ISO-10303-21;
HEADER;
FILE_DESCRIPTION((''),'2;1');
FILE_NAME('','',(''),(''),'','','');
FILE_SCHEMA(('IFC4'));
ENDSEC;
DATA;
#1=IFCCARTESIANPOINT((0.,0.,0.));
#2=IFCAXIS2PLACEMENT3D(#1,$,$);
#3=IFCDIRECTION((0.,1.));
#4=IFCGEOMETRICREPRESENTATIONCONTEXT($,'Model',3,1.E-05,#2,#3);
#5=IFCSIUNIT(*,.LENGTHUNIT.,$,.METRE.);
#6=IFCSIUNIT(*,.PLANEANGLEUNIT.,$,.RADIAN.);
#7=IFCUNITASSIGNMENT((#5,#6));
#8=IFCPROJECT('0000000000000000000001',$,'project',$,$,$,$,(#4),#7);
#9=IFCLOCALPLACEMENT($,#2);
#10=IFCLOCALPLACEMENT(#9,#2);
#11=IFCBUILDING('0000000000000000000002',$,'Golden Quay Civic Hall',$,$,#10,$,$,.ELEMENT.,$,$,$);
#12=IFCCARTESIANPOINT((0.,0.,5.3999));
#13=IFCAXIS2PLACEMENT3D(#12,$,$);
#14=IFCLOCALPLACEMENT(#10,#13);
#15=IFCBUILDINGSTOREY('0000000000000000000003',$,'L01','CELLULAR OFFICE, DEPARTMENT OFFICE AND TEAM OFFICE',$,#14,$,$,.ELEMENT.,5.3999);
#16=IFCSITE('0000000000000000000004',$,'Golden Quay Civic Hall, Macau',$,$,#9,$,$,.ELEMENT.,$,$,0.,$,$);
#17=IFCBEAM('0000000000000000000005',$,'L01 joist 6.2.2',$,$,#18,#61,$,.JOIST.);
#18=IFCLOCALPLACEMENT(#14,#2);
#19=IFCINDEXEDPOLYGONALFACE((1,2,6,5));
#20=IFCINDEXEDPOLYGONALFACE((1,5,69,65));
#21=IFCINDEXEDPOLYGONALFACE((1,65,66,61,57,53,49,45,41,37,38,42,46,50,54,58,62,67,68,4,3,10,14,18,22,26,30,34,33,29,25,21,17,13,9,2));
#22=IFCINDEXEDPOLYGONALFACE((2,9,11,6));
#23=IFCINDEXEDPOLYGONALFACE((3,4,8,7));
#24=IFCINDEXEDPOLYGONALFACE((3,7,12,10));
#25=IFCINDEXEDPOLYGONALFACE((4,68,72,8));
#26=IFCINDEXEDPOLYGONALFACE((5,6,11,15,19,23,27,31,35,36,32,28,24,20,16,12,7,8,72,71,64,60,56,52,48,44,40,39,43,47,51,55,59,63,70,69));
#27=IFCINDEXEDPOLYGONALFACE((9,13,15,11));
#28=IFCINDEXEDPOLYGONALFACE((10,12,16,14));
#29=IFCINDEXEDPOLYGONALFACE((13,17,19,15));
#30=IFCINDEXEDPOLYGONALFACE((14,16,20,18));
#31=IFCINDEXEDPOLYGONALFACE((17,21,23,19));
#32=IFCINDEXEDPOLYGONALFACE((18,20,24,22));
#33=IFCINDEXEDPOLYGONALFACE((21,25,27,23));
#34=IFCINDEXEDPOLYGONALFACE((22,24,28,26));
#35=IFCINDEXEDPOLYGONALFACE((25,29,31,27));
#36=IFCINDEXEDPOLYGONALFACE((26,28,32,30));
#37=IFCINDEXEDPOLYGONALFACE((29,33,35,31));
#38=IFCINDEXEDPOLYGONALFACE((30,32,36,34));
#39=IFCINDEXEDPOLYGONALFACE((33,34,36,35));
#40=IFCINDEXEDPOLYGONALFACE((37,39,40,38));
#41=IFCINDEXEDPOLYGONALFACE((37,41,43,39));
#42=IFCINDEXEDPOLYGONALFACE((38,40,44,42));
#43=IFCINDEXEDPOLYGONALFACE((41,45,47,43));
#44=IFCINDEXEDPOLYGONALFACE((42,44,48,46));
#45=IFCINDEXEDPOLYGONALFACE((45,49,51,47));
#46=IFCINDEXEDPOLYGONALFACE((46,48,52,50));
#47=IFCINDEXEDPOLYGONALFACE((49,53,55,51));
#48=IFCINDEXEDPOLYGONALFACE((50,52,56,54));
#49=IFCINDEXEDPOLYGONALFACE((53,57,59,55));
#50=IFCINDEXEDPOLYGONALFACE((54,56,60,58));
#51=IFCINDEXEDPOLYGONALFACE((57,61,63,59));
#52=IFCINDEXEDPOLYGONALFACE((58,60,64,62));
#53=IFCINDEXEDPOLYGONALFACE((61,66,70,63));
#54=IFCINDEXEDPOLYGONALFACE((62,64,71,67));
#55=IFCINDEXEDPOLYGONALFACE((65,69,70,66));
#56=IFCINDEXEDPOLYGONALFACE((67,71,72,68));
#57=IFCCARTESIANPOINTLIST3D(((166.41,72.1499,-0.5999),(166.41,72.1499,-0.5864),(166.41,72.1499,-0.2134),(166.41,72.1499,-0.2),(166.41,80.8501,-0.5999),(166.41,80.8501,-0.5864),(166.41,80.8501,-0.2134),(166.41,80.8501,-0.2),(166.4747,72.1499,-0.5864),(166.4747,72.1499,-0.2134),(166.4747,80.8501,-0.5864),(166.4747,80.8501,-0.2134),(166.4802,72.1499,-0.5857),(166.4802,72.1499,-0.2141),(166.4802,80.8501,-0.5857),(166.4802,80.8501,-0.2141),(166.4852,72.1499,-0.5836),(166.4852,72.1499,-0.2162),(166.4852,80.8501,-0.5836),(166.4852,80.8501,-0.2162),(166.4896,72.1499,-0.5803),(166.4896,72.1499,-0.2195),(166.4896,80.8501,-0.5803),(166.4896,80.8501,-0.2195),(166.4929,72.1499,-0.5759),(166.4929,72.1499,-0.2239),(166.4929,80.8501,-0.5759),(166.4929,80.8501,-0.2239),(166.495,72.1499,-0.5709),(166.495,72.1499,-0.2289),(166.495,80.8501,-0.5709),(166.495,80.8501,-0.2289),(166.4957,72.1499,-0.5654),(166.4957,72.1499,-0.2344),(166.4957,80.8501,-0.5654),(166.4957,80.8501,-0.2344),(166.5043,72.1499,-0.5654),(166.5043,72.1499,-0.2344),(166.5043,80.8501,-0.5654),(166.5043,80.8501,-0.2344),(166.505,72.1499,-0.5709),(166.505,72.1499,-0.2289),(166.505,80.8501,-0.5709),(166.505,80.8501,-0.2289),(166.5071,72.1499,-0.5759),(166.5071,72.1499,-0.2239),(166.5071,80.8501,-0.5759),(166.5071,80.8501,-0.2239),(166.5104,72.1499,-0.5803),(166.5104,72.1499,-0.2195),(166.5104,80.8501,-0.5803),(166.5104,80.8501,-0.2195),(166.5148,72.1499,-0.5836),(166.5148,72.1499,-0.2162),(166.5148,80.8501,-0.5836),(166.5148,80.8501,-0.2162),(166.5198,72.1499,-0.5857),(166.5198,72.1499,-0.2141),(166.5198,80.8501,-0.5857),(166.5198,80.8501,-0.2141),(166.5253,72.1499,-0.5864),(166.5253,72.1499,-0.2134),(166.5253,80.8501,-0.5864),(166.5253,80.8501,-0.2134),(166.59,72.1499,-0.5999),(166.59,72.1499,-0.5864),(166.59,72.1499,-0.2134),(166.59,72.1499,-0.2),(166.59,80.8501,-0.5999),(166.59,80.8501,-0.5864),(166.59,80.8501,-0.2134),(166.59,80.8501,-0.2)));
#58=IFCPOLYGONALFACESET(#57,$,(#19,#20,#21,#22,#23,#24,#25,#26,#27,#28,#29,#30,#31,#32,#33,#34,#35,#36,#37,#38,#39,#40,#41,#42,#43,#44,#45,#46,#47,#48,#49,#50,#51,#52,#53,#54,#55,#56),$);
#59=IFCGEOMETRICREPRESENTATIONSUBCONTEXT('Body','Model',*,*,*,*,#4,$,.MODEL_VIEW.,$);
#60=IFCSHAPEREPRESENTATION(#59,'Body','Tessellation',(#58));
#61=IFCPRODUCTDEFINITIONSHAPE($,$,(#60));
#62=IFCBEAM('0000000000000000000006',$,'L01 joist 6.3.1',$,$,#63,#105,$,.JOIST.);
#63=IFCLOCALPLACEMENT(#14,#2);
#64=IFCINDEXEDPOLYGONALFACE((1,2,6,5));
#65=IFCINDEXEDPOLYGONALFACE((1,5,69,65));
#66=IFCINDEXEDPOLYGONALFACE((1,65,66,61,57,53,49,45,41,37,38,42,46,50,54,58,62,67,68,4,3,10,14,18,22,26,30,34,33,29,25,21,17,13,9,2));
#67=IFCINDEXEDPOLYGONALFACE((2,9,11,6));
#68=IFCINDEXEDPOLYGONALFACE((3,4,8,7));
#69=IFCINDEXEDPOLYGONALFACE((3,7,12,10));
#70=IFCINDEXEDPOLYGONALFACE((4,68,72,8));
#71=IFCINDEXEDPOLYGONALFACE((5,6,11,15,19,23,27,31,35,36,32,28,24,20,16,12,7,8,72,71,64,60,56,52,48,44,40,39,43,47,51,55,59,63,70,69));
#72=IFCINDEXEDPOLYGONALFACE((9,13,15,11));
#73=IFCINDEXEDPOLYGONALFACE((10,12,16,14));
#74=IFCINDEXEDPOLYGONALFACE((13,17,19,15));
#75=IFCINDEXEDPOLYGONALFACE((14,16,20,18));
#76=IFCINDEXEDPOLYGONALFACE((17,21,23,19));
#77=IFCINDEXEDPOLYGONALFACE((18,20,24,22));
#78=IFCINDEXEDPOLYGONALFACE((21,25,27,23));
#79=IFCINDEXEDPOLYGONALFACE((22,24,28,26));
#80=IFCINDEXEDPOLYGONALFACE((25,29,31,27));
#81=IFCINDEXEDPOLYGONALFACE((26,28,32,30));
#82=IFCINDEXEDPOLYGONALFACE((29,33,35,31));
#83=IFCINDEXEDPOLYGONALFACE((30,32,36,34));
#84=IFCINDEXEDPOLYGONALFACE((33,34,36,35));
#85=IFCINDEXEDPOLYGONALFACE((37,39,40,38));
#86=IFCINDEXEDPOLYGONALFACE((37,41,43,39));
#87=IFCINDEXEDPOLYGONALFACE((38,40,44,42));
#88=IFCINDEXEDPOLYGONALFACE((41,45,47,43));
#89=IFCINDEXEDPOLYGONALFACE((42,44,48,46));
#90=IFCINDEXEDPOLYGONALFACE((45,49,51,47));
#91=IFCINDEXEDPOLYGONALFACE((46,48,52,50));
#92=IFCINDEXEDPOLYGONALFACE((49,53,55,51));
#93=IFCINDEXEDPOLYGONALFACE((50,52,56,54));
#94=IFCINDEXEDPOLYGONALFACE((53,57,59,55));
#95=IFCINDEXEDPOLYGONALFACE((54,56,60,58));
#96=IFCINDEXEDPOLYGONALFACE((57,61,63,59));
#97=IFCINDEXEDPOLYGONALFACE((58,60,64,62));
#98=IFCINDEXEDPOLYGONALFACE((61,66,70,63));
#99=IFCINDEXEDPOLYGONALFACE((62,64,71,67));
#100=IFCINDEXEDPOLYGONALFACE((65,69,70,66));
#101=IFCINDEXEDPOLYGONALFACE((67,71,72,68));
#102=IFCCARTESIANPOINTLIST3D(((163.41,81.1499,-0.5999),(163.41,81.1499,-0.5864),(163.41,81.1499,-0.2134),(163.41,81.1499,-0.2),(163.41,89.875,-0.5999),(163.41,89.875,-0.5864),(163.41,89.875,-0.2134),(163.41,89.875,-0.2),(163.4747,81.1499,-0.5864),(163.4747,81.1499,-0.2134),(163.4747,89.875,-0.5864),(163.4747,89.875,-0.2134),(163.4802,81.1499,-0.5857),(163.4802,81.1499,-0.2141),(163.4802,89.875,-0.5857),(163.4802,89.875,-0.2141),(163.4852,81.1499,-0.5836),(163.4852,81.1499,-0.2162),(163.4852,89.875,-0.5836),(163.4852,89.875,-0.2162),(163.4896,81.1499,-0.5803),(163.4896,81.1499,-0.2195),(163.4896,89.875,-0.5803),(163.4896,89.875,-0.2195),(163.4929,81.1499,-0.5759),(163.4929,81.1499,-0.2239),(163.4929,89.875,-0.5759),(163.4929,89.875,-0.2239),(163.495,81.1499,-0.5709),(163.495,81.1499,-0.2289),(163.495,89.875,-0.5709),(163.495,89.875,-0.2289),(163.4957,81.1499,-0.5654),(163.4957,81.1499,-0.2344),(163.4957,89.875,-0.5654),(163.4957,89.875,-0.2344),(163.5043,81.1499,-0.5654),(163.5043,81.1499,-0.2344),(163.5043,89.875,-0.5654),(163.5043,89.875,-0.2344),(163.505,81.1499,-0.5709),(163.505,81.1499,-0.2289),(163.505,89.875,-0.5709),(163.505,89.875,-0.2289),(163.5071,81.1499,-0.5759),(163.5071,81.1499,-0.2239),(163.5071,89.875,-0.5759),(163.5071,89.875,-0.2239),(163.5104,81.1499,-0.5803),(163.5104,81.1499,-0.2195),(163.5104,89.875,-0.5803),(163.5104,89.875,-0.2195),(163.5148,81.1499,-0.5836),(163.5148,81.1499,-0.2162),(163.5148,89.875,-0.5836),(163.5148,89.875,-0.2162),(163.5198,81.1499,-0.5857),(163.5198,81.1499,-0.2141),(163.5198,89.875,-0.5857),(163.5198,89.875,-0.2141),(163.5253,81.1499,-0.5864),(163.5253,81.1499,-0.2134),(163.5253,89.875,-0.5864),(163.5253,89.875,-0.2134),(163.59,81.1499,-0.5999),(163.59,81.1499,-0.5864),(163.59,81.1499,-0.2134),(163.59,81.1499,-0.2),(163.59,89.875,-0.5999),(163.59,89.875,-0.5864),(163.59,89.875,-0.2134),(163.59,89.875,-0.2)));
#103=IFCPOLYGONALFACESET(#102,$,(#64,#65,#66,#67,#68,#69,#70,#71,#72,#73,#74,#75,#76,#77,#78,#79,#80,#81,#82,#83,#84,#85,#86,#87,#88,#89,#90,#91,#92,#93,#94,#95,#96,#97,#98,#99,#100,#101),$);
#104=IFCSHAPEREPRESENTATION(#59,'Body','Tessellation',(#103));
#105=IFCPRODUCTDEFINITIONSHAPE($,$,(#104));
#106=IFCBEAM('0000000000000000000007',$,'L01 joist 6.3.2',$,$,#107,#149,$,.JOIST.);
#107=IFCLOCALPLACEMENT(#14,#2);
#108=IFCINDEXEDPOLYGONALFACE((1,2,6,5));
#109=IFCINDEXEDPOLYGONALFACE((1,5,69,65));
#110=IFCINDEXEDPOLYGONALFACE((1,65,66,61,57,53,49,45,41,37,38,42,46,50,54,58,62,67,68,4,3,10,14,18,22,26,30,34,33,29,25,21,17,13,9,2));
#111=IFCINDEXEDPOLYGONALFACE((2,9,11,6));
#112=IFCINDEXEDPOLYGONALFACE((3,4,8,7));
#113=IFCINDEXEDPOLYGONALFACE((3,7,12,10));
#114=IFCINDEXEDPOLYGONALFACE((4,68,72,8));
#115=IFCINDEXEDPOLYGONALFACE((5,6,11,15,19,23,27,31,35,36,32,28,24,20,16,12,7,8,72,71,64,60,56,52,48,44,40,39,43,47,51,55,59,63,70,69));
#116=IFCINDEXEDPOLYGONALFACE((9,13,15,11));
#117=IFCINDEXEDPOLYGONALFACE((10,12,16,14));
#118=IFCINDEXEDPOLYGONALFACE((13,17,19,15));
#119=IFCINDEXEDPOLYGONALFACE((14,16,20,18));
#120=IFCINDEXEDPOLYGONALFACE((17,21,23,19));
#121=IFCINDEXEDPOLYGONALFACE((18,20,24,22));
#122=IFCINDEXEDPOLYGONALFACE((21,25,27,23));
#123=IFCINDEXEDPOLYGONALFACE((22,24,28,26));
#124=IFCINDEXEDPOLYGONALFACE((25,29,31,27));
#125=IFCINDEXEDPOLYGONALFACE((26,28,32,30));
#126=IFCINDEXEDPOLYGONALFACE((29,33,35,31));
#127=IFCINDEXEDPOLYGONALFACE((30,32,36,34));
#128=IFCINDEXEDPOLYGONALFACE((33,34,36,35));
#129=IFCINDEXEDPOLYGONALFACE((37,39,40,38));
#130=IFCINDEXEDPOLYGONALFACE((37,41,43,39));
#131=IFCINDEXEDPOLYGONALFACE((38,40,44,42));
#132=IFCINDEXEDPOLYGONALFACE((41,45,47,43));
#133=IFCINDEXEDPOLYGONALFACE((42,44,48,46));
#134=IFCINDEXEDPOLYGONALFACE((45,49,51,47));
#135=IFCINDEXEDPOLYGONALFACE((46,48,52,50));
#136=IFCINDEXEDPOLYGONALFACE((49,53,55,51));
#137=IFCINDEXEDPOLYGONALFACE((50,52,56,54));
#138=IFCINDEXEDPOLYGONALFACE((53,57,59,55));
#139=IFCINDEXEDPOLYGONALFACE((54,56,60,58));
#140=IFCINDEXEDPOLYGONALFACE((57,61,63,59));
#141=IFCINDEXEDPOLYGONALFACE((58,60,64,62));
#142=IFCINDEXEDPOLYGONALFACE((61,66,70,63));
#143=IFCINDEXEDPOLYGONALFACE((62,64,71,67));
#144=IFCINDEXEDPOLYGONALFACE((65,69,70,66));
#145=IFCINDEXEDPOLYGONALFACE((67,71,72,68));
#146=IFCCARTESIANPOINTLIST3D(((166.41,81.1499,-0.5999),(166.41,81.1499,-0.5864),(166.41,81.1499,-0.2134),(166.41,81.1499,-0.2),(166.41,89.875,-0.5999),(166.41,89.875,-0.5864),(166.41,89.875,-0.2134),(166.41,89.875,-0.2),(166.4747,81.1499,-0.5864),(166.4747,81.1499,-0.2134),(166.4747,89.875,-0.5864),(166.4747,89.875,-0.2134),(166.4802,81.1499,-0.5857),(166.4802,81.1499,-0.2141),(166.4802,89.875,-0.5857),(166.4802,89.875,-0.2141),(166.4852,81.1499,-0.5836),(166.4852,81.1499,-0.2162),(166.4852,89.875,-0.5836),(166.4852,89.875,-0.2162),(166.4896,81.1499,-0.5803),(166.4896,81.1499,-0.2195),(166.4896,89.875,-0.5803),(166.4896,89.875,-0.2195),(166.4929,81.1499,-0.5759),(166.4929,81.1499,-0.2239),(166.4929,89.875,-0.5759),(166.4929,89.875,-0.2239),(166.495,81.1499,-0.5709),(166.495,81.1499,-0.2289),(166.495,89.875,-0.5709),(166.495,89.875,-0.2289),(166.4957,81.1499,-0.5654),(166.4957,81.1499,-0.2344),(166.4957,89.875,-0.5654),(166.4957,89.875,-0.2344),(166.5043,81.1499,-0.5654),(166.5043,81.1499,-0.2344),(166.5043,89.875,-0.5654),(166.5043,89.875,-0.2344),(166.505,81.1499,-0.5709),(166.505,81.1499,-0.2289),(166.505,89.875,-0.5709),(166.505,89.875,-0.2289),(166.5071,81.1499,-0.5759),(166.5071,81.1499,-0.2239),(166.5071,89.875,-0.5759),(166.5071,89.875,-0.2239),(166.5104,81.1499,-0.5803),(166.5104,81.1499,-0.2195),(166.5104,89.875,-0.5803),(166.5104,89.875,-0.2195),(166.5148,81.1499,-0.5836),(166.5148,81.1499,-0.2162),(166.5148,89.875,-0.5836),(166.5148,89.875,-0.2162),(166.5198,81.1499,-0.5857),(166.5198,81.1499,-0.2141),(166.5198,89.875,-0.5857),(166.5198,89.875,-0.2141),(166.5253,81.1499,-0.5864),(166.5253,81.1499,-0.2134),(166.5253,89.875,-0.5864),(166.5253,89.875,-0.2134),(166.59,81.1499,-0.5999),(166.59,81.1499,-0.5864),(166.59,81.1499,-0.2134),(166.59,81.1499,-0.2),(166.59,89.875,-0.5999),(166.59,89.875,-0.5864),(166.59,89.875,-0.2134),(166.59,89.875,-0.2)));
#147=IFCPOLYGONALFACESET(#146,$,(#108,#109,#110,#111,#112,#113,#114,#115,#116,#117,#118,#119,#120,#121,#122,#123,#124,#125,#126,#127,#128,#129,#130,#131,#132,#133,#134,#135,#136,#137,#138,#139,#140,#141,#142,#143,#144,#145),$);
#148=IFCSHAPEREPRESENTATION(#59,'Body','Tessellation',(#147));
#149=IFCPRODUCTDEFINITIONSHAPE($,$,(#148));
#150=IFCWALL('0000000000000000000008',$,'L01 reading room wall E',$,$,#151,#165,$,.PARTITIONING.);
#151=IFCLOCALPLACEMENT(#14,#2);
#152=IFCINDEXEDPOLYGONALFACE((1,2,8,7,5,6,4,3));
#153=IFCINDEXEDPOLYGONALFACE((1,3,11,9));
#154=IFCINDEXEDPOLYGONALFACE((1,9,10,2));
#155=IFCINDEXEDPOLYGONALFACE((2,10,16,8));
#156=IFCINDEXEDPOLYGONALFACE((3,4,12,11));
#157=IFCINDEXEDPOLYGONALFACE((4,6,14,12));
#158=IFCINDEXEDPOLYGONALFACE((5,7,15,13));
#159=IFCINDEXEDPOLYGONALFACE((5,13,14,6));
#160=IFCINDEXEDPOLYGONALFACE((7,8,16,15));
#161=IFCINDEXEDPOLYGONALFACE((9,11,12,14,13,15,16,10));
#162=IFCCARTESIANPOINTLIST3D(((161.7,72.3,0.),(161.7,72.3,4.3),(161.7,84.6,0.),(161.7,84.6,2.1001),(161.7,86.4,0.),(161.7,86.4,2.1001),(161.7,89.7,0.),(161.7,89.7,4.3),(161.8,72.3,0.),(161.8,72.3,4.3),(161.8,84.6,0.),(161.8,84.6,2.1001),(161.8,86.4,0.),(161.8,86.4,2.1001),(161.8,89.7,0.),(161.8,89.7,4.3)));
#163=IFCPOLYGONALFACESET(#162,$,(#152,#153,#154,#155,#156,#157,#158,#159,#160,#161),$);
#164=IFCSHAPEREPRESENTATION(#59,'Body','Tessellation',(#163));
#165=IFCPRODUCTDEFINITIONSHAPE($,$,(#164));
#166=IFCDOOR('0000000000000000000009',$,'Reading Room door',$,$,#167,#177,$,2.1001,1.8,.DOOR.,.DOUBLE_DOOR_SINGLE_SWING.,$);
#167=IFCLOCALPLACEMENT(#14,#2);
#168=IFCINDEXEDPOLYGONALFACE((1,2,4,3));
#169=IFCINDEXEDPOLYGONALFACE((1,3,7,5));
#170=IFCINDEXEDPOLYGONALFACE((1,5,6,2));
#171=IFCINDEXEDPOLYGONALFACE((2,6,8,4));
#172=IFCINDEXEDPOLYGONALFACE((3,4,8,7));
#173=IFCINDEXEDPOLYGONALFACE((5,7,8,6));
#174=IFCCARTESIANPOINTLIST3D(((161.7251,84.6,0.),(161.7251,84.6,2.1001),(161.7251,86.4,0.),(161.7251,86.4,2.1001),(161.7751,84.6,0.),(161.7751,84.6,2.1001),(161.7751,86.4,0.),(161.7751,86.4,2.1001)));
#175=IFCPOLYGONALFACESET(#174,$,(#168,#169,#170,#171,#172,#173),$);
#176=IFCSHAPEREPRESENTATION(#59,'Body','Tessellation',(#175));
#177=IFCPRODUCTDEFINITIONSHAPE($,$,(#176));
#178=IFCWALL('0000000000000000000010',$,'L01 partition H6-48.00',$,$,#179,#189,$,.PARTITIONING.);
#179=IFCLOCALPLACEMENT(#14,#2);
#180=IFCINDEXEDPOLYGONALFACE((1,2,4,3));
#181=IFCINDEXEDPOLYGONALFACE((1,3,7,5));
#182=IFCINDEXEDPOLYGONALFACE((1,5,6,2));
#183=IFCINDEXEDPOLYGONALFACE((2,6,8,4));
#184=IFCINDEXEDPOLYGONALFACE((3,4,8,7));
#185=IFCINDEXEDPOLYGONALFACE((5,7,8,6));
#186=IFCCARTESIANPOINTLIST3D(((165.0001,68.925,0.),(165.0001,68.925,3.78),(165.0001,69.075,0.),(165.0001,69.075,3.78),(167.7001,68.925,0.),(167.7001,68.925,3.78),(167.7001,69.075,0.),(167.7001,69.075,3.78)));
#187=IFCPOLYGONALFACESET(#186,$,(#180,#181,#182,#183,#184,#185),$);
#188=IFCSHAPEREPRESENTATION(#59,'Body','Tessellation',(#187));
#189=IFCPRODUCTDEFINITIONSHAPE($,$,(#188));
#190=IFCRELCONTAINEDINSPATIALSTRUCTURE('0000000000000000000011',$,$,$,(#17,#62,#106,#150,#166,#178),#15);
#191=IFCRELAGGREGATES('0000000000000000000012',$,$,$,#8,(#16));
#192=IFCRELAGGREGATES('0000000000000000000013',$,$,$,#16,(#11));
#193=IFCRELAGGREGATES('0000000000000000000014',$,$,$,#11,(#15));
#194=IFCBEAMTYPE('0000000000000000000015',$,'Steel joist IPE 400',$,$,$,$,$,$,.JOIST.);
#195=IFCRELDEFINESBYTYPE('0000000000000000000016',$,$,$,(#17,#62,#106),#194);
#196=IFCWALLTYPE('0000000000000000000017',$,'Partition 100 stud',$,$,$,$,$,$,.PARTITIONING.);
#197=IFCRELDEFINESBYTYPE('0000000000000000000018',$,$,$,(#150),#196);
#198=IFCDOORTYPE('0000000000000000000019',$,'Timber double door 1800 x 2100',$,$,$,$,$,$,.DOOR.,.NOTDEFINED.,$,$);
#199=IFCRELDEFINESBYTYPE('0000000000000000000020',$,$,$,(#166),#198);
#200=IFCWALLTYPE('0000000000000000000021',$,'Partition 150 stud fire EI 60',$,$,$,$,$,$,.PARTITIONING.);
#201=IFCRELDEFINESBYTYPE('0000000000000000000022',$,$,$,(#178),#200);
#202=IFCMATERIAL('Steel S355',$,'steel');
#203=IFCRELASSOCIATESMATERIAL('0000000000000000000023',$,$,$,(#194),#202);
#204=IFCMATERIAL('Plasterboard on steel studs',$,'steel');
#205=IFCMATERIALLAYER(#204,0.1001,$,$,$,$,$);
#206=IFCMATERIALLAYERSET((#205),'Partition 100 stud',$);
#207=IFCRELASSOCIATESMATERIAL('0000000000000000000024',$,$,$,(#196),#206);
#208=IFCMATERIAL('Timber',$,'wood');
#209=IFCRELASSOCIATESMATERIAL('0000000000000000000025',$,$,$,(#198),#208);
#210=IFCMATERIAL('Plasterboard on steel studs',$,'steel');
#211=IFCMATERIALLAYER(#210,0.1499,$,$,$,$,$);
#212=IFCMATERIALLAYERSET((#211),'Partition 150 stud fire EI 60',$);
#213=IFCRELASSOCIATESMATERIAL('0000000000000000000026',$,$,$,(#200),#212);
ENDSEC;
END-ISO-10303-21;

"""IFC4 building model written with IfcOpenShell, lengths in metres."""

from ifc_helpers import new_model, si_unit, direction, frame, frame_2d, origin, origin_2d, place, context, subcontext, project, spatial, rectangle, i_section, extrude, material, layer, layer_set, material_profile, profile_set, type_object, element, fill, save


model = new_model("IFC4")

# Units and contexts
model_context = context("Model", 3, precision=1e-05, world=origin(), true_north=direction((0.0, 1.0)))
body_context = subcontext(model_context, "Body", "Model", "MODEL_VIEW")
ifc_project = project(units=[si_unit("LENGTHUNIT", "METRE"), si_unit("PLANEANGLEUNIT", "RADIAN")], contexts=[model_context])

# Site, building, storey
site_placement = place(None, origin())
site = spatial("IfcSite", under=ifc_project, at=site_placement, Name="Golden Quay Civic Hall, Macau", CompositionType="ELEMENT", RefElevation=0.0)
building_placement = place(site_placement, origin())
building = spatial("IfcBuilding", under=site, at=building_placement, Name="Golden Quay Civic Hall", CompositionType="ELEMENT")
storey_placement = place(building_placement, frame((0.0, 0.0, 5.3999)))
storey = spatial("IfcBuildingStorey", under=building, at=storey_placement, Name="L01", Description="CELLULAR OFFICE, DEPARTMENT OFFICE AND TEAM OFFICE", CompositionType="ELEMENT", Elevation=5.3999)

# Beams
ifc_material_1 = material(Name="Steel S355", Category="steel")
ifc_material_profile_1 = material_profile(ifc_material_1, i_section(OverallWidth=0.1799, OverallDepth=0.3999, WebThickness=0.0085, FlangeThickness=0.0134, FilletRadius=0.021, at=origin_2d()), Name="IPE 400")
ifc_profile_set_1 = profile_set([ifc_material_profile_1], Name="Steel S355")
beam_type_1 = type_object("IfcBeamType", Name="Steel joist IPE 400", PredefinedType="JOIST", material=ifc_profile_set_1)
for number, where, z_axis, x_axis, name in (
    (1, (166.5, 72.1499, -0.3999), (0.0, 1.0, 0.0), (-1.0, 0.0, 0.0), "L01 joist 6.2.2"),
):
    element("IfcBeam", number, at=place(storey_placement, frame(where, z_axis=z_axis, x_axis=x_axis)), inside=storey, type_object=beam_type_1, Name=name, PredefinedType="JOIST", context=body_context, shape_type="SweptSolid", body=[
        extrude(i_section(OverallWidth=0.1799, OverallDepth=0.3999, WebThickness=0.0085, FlangeThickness=0.0134, FilletRadius=0.021, at=origin_2d()), origin(), (0.0, 0.0, 1.0), 8.7002),
    ])
for number, where, z_axis, x_axis, name in (
    (2, (163.5, 81.1499, -0.3999), (0.0, 1.0, 0.0), (-1.0, 0.0, 0.0), "L01 joist 6.3.1"),
    (3, (166.5, 81.1499, -0.3999), (0.0, 1.0, 0.0), (-1.0, 0.0, 0.0), "L01 joist 6.3.2"),
):
    element("IfcBeam", number, at=place(storey_placement, frame(where, z_axis=z_axis, x_axis=x_axis)), inside=storey, type_object=beam_type_1, Name=name, PredefinedType="JOIST", context=body_context, shape_type="SweptSolid", body=[
        extrude(i_section(OverallWidth=0.1799, OverallDepth=0.3999, WebThickness=0.0085, FlangeThickness=0.0134, FilletRadius=0.021, at=origin_2d()), origin(), (0.0, 0.0, 1.0), 8.7251),
    ])

# Wall, opening, door
ifc_material_2 = material(Name="Plasterboard on steel studs", Category="steel")
ifc_layer_1 = layer(ifc_material_2, 0.1001)
ifc_layer_set_1 = layer_set([ifc_layer_1], Name="Partition 100 stud")
wall_type_1 = type_object("IfcWallType", Name="Partition 100 stud", PredefinedType="PARTITIONING", material=ifc_layer_set_1)
wall_1_placement = place(storey_placement, frame((161.75, 72.3, 0.0), z_axis=(0.0, 0.0, 1.0), x_axis=(0.0, 1.0, 0.0)))
wall_1 = element("IfcWall", 4, at=wall_1_placement, inside=storey, type_object=wall_type_1, Name="L01 reading room wall E", PredefinedType="PARTITIONING", context=body_context, shape_type="SweptSolid", body=[
    extrude(rectangle(XDim=17.3999, YDim=0.1001, at=frame_2d((8.7, 0.0))), origin(), (0.0, 0.0, 1.0), 4.3),
])
opening_1_placement = place(wall_1_placement, frame((12.3, 0.0, 0.0)))
opening_1 = element("IfcOpeningElement", 5, at=opening_1_placement, cuts=wall_1, PredefinedType="OPENING", context=body_context, shape_type="SweptSolid", body=[
    extrude(rectangle(XDim=1.8, YDim=2.1001, at=frame_2d((0.8999, 1.05))), frame((0.0, 0.0601, 0.0), z_axis=(0.0, -1.0, 0.0), x_axis=(1.0, 0.0, 0.0)), (0.0, 0.0, 1.0), 0.1201),
])
ifc_material_3 = material(Name="Timber", Category="wood")
door_type_1 = type_object("IfcDoorType", Name="Timber double door 1800 x 2100", OperationType="NOTDEFINED", PredefinedType="DOOR", material=ifc_material_3)
door_1_placement = place(opening_1_placement, origin())
door_1 = element("IfcDoor", 6, at=door_1_placement, inside=storey, type_object=door_type_1, Name="Reading Room door", OperationType="DOUBLE_DOOR_SINGLE_SWING", OverallHeight=2.1001, OverallWidth=1.8, PredefinedType="DOOR", context=body_context, shape_type="SweptSolid", body=[
    extrude(rectangle(XDim=1.8, YDim=2.1001, at=frame_2d((0.8999, 1.05))), frame((0.0, 0.0249, 0.0), z_axis=(0.0, -1.0, 0.0), x_axis=(1.0, 0.0, 0.0)), (0.0, 0.0, 1.0), 0.05),
])
fill(opening_1, door_1)

# Wall
ifc_material_4 = material(Name="Plasterboard on steel studs", Category="steel")
ifc_layer_2 = layer(ifc_material_4, 0.1499)
ifc_layer_set_2 = layer_set([ifc_layer_2], Name="Partition 150 stud fire EI 60")
wall_type_2 = type_object("IfcWallType", Name="Partition 150 stud fire EI 60", PredefinedType="PARTITIONING", material=ifc_layer_set_2)
wall_2_placement = place(storey_placement, frame((165.0, 69.0, 0.0), z_axis=(0.0, 0.0, 1.0), x_axis=(1.0, 0.0, 0.0)))
element("IfcWall", 7, at=wall_2_placement, inside=storey, type_object=wall_type_2, Name="L01 partition H6-48.00", PredefinedType="PARTITIONING", context=body_context, shape_type="SweptSolid", body=[
    extrude(rectangle(XDim=2.7, YDim=0.1499, at=frame_2d((1.3501, 0.0))), origin(), (0.0, 0.0, 1.0), 3.78),
])

save(model, "model.ifc")
